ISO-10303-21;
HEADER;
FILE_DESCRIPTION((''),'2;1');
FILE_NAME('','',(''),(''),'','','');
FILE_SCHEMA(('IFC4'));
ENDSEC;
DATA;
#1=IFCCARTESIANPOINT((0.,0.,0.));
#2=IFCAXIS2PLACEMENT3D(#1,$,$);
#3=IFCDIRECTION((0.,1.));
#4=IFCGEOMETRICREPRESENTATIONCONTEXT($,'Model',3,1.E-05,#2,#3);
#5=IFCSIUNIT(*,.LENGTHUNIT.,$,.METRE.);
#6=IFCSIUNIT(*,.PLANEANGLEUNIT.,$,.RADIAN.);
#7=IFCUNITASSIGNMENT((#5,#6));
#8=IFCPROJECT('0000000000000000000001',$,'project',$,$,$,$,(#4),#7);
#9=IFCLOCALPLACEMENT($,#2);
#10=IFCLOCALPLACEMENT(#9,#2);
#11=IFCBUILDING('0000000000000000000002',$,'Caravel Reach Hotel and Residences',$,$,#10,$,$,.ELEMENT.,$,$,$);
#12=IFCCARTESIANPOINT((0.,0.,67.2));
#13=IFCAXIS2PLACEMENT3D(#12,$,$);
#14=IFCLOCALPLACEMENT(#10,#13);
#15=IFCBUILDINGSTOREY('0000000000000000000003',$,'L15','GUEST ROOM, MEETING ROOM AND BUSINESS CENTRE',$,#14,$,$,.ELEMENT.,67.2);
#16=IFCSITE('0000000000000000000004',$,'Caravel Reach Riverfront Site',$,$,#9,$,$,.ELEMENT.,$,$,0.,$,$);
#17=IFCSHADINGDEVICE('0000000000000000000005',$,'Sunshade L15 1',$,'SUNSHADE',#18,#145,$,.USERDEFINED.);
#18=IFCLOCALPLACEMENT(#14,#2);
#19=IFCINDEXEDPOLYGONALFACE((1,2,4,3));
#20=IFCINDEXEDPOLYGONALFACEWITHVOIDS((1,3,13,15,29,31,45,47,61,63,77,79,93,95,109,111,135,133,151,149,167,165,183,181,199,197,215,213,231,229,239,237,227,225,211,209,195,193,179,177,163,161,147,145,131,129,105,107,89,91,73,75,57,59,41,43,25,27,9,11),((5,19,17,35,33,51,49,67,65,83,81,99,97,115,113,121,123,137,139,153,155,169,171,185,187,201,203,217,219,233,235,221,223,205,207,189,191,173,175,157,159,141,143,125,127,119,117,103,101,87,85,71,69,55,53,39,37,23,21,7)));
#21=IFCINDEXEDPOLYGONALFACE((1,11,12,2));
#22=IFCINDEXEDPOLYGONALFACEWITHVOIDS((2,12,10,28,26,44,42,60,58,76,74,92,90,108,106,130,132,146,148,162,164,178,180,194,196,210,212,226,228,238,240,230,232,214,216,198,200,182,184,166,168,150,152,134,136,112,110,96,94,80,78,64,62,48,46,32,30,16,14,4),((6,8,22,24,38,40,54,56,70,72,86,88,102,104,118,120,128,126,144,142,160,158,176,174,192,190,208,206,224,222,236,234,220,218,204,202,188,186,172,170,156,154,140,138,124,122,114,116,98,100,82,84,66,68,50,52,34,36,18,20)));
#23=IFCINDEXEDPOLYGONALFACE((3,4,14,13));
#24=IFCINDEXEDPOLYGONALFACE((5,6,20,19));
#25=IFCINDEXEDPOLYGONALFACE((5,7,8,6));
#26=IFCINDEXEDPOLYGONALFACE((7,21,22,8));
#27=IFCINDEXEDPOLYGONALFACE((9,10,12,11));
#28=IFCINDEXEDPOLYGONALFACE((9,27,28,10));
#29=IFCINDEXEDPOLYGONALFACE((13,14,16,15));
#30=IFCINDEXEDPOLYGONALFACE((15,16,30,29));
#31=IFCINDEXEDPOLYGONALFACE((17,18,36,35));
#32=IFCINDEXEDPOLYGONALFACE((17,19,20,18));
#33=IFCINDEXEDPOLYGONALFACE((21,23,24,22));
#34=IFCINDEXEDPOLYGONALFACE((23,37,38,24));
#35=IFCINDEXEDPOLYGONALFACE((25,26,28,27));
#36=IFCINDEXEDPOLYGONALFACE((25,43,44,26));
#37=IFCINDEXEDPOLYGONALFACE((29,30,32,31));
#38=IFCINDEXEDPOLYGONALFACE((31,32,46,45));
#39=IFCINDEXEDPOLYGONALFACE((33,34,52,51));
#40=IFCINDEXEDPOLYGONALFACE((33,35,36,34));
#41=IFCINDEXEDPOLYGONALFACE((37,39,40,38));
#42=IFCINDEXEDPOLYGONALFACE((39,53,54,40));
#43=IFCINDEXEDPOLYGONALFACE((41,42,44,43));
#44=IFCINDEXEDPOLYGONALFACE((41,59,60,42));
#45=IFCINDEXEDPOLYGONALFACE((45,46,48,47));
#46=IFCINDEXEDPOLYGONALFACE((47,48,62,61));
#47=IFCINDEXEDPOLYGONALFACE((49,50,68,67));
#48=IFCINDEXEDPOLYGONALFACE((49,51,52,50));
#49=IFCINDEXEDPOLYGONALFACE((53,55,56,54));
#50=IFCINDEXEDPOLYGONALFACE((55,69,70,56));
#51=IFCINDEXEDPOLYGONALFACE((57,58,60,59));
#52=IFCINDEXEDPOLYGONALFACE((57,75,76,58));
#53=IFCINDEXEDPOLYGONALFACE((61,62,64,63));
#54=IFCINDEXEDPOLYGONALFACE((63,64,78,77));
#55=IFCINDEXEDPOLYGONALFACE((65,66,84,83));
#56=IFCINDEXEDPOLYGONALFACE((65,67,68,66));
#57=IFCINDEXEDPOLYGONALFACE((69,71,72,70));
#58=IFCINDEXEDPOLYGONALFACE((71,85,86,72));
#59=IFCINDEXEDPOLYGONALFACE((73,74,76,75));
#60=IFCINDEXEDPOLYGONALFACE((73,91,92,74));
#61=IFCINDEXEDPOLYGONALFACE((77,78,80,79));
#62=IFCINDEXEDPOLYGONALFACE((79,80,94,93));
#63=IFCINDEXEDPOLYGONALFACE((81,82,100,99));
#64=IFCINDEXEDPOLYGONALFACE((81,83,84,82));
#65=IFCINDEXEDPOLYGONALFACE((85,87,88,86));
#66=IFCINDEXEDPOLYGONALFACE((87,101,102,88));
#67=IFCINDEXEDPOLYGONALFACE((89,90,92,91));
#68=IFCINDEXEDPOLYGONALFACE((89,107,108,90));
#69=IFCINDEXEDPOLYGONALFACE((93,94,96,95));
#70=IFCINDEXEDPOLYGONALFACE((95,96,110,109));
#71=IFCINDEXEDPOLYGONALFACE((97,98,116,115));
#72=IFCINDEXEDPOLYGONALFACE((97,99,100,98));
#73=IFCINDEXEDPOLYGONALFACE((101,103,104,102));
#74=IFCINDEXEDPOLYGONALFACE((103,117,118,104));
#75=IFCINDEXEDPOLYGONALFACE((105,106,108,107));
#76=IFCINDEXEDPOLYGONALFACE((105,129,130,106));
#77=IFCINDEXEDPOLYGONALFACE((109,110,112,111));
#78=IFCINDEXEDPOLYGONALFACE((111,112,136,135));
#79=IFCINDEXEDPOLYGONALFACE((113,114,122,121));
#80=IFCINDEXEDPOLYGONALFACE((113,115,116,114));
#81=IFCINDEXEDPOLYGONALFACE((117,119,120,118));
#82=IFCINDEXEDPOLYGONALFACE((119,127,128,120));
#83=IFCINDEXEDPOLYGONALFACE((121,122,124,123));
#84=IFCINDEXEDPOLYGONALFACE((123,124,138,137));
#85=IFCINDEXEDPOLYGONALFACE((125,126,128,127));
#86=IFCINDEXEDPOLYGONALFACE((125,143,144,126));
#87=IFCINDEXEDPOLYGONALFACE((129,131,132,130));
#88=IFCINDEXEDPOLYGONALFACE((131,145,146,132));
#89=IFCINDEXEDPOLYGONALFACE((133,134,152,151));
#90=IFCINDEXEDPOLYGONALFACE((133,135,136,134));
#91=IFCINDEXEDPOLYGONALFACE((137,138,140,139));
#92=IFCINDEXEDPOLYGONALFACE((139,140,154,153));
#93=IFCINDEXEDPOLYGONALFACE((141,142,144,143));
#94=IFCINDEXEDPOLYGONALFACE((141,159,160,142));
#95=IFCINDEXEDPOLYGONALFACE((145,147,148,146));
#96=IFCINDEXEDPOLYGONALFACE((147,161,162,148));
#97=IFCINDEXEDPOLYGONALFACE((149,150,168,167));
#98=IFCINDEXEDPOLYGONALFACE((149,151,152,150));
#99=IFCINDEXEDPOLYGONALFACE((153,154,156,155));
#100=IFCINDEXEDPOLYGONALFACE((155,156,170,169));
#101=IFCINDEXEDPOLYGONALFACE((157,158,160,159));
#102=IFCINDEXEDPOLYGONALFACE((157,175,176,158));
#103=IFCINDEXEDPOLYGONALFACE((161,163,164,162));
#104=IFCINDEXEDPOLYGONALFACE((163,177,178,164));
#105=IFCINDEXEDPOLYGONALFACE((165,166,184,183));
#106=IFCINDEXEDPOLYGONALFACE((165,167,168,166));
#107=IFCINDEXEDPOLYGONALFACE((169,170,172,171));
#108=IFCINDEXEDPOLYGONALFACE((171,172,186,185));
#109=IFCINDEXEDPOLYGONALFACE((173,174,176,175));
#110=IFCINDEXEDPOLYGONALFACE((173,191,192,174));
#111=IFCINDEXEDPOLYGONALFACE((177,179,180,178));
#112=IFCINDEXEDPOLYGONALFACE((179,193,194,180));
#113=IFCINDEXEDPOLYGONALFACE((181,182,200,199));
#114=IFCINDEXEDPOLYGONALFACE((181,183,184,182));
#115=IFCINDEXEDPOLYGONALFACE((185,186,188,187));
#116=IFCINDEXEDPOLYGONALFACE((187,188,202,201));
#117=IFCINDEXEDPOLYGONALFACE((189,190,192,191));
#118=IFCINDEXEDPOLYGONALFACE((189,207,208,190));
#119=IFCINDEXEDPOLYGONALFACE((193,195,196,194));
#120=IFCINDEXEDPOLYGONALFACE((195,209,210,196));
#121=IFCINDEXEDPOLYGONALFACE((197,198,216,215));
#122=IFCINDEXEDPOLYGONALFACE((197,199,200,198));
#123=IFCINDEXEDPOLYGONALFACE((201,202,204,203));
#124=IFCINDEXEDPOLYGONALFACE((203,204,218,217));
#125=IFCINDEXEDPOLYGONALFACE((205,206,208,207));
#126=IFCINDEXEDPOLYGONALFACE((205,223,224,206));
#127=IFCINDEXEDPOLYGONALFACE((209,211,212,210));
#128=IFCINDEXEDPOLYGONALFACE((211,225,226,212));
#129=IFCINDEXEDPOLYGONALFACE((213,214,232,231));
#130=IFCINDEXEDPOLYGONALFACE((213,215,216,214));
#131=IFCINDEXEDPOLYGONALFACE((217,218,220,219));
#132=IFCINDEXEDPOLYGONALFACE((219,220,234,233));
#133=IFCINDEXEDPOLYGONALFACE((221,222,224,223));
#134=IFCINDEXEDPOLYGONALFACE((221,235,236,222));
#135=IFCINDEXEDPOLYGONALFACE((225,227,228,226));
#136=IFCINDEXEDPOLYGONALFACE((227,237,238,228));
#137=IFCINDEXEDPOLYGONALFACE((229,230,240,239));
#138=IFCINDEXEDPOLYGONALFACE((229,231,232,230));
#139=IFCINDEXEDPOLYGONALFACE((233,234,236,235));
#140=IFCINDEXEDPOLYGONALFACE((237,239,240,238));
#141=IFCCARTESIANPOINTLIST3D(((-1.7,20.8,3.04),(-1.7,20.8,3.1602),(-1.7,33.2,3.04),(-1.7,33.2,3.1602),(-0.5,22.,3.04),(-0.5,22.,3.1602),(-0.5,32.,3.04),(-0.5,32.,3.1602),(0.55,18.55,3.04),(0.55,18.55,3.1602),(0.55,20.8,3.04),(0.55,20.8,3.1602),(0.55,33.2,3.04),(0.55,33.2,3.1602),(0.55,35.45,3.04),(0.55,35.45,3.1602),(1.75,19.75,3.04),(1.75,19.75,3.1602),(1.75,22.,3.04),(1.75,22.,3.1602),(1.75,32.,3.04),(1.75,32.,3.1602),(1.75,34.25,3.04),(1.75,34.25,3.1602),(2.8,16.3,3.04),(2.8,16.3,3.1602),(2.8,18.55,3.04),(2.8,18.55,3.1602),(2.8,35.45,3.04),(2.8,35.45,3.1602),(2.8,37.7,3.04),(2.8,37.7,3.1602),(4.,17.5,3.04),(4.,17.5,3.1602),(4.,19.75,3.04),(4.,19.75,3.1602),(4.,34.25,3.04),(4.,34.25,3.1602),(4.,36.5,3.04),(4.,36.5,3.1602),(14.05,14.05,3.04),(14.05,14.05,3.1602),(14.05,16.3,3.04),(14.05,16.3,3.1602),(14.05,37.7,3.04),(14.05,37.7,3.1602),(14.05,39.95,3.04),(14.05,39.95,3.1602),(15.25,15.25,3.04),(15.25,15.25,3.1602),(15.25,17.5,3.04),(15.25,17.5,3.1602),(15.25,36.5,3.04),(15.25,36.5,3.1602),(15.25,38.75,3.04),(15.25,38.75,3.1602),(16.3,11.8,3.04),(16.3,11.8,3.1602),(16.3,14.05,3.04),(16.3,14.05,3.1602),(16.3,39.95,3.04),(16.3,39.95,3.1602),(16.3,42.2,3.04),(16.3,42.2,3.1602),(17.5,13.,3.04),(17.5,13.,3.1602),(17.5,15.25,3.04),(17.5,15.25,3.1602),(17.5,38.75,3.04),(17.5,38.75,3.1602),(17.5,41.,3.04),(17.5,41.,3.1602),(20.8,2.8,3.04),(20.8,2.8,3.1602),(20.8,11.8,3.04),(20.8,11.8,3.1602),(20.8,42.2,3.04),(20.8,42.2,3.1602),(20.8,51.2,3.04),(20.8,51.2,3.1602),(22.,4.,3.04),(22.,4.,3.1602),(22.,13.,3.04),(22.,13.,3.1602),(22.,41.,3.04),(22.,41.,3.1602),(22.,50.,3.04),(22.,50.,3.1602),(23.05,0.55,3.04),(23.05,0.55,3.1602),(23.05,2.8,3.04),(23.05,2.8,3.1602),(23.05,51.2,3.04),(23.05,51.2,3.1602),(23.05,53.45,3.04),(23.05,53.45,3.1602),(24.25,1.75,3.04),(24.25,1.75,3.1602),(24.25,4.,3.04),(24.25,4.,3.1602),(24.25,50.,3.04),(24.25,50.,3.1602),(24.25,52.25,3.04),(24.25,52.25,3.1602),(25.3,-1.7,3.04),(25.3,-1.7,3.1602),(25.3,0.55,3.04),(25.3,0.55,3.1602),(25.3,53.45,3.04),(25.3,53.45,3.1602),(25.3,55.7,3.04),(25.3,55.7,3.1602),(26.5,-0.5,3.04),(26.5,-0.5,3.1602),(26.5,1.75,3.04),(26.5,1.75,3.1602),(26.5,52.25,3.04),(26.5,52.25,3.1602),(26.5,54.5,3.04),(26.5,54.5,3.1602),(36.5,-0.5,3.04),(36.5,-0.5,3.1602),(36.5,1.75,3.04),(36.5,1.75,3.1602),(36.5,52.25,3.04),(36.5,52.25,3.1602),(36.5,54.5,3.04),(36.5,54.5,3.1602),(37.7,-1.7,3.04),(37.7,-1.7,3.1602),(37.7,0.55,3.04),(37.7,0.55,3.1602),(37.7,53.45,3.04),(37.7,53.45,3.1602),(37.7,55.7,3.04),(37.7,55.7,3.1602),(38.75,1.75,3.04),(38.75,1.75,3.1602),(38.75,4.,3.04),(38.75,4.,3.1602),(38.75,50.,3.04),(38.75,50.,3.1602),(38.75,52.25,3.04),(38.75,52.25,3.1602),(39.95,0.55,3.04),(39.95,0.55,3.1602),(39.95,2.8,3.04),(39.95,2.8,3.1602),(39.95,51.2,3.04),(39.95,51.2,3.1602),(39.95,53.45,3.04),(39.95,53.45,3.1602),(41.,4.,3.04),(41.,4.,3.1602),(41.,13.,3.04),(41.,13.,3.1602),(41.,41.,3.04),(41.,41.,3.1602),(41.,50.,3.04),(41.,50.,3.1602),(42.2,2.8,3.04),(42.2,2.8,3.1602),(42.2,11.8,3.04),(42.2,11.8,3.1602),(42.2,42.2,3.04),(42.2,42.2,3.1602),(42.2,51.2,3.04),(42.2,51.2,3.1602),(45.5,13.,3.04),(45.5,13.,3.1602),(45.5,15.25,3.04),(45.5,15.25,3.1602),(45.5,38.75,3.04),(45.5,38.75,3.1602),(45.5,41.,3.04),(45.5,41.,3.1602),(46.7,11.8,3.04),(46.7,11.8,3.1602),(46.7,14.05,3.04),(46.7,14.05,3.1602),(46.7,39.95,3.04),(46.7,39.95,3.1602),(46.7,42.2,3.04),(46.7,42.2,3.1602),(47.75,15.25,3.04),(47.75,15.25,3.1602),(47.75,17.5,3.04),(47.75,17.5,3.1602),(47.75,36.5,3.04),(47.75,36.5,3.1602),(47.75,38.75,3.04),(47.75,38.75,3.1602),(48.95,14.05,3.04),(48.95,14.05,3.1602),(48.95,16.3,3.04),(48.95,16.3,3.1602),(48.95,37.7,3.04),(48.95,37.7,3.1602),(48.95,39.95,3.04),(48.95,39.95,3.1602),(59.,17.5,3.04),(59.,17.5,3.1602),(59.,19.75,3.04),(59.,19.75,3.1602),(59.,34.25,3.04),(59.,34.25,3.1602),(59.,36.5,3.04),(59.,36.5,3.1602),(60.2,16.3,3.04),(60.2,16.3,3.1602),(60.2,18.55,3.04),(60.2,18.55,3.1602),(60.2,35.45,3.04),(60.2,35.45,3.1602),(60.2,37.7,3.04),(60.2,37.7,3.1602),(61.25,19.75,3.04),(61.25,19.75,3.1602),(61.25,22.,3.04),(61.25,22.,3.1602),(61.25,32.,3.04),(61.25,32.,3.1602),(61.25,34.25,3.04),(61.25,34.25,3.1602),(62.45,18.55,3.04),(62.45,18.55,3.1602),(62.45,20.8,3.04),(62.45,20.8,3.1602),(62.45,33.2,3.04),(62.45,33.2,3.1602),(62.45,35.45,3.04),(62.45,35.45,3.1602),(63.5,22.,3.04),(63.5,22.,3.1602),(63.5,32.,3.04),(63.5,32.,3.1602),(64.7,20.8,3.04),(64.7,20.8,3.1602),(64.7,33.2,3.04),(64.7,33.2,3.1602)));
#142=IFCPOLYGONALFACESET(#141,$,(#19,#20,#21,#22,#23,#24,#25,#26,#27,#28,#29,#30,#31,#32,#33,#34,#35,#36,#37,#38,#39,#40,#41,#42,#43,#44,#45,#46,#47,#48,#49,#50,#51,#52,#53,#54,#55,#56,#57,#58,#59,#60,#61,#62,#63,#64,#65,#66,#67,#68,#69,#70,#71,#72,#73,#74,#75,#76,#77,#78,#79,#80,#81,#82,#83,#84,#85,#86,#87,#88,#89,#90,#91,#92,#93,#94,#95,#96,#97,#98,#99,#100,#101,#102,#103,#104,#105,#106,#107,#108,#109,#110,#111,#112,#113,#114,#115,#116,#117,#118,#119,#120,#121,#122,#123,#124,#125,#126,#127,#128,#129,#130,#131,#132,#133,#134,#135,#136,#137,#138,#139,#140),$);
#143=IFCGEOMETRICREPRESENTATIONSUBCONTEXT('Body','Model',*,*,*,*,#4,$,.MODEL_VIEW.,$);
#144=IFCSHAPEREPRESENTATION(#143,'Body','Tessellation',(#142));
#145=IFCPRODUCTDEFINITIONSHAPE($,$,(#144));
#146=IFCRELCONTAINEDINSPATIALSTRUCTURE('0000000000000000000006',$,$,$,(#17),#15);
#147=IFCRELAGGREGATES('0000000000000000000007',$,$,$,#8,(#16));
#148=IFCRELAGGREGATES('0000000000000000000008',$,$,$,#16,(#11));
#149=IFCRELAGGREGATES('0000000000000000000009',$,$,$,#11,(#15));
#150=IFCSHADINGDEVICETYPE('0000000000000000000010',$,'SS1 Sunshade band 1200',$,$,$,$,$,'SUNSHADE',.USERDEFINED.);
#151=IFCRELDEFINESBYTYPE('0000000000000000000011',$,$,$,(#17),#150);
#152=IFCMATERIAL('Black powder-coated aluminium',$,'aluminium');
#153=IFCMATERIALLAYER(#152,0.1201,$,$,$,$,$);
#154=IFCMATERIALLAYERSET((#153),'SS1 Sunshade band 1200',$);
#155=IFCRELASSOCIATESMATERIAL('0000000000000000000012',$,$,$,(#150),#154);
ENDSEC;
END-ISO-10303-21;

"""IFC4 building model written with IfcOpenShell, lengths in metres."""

from ifc_helpers import new_model, si_unit, direction, frame, origin, place, context, subcontext, project, spatial, polyline, outline, extrude, material, layer, layer_set, type_object, element, save


model = new_model("IFC4")

# Units and contexts
model_context = context("Model", 3, precision=1e-05, world=origin(), true_north=direction((0.0, 1.0)))
body_context = subcontext(model_context, "Body", "Model", "MODEL_VIEW")
ifc_project = project(units=[si_unit("LENGTHUNIT", "METRE"), si_unit("PLANEANGLEUNIT", "RADIAN")], contexts=[model_context])

# Site, building, storey
site_placement = place(None, origin())
site = spatial("IfcSite", under=ifc_project, at=site_placement, Name="Caravel Reach Riverfront Site", CompositionType="ELEMENT", RefElevation=0.0)
building_placement = place(site_placement, origin())
building = spatial("IfcBuilding", under=site, at=building_placement, Name="Caravel Reach Hotel and Residences", CompositionType="ELEMENT")
storey_placement = place(building_placement, frame((0.0, 0.0, 67.2)))
storey = spatial("IfcBuildingStorey", under=building, at=storey_placement, Name="L15", Description="GUEST ROOM, MEETING ROOM AND BUSINESS CENTRE", CompositionType="ELEMENT", Elevation=67.2)

# Shading device
ifc_material_1 = material(Name="Black powder-coated aluminium", Category="aluminium")
ifc_layer_1 = layer(ifc_material_1, 0.1201)
ifc_layer_set_1 = layer_set([ifc_layer_1], Name="SS1 Sunshade band 1200")
shading_device_type = type_object("IfcShadingDeviceType", Name="SS1 Sunshade band 1200", ElementType="SUNSHADE", PredefinedType="USERDEFINED", material=ifc_layer_set_1)
shading_device_placement = place(storey_placement, frame((0.0, 0.0, 3.04)))
element("IfcShadingDevice", 1, at=shading_device_placement, inside=storey, type_object=shading_device_type, Name="Sunshade L15 1", ObjectType="SUNSHADE", PredefinedType="USERDEFINED", context=body_context, shape_type="SweptSolid", body=[
    extrude(outline(polyline([(20.8, 11.8), (20.8, 2.8), (23.05, 2.8), (23.05, 0.55), (25.3, 0.55), (25.3, -1.7), (37.7, -1.7), (37.7, 0.55), (39.95, 0.55), (39.95, 2.8), (42.2, 2.8), (42.2, 11.8), (46.7, 11.8), (46.7, 14.05), (48.95, 14.05), (48.95, 16.3), (60.2, 16.3), (60.2, 18.55), (62.45, 18.55), (62.45, 20.8), (64.7, 20.8), (64.7, 33.2), (62.45, 33.2), (62.45, 35.45), (60.2, 35.45), (60.2, 37.7), (48.95, 37.7), (48.95, 39.95), (46.7, 39.95), (46.7, 42.2), (42.2, 42.2), (42.2, 51.2), (39.95, 51.2), (39.95, 53.45), (37.7, 53.45), (37.7, 55.7), (25.3, 55.7), (25.3, 53.45), (23.05, 53.45), (23.05, 51.2), (20.8, 51.2), (20.8, 42.2), (16.3, 42.2), (16.3, 39.95), (14.05, 39.95), (14.05, 37.7), (2.8, 37.7), (2.8, 35.45), (0.55, 35.45), (0.55, 33.2), (-1.7, 33.2), (-1.7, 20.8), (0.55, 20.8), (0.55, 18.55), (2.8, 18.55), (2.8, 16.3), (14.05, 16.3), (14.05, 14.05), (16.3, 14.05), (16.3, 11.8), (20.8, 11.8)]), holes=[polyline([(24.25, 4.0), (22.0, 4.0), (22.0, 13.0), (17.5, 13.0), (17.5, 15.25), (15.25, 15.25), (15.25, 17.5), (4.0, 17.5), (4.0, 19.75), (1.75, 19.75), (1.75, 22.0), (-0.5, 22.0), (-0.5, 32.0), (1.75, 32.0), (1.75, 34.25), (4.0, 34.25), (4.0, 36.5), (15.25, 36.5), (15.25, 38.75), (17.5, 38.75), (17.5, 41.0), (22.0, 41.0), (22.0, 50.0), (24.25, 50.0), (24.25, 52.25), (26.5, 52.25), (26.5, 54.5), (36.5, 54.5), (36.5, 52.25), (38.75, 52.25), (38.75, 50.0), (41.0, 50.0), (41.0, 41.0), (45.5, 41.0), (45.5, 38.75), (47.75, 38.75), (47.75, 36.5), (59.0, 36.5), (59.0, 34.25), (61.25, 34.25), (61.25, 32.0), (63.5, 32.0), (63.5, 22.0), (61.25, 22.0), (61.25, 19.75), (59.0, 19.75), (59.0, 17.5), (47.75, 17.5), (47.75, 15.25), (45.5, 15.25), (45.5, 13.0), (41.0, 13.0), (41.0, 4.0), (38.75, 4.0), (38.75, 1.75), (36.5, 1.75), (36.5, -0.5), (26.5, -0.5), (26.5, 1.75), (24.25, 1.75), (24.25, 4.0)])]), origin(), (0.0, 0.0, 1.0), 0.1201),
])

save(model, "model.ifc")
